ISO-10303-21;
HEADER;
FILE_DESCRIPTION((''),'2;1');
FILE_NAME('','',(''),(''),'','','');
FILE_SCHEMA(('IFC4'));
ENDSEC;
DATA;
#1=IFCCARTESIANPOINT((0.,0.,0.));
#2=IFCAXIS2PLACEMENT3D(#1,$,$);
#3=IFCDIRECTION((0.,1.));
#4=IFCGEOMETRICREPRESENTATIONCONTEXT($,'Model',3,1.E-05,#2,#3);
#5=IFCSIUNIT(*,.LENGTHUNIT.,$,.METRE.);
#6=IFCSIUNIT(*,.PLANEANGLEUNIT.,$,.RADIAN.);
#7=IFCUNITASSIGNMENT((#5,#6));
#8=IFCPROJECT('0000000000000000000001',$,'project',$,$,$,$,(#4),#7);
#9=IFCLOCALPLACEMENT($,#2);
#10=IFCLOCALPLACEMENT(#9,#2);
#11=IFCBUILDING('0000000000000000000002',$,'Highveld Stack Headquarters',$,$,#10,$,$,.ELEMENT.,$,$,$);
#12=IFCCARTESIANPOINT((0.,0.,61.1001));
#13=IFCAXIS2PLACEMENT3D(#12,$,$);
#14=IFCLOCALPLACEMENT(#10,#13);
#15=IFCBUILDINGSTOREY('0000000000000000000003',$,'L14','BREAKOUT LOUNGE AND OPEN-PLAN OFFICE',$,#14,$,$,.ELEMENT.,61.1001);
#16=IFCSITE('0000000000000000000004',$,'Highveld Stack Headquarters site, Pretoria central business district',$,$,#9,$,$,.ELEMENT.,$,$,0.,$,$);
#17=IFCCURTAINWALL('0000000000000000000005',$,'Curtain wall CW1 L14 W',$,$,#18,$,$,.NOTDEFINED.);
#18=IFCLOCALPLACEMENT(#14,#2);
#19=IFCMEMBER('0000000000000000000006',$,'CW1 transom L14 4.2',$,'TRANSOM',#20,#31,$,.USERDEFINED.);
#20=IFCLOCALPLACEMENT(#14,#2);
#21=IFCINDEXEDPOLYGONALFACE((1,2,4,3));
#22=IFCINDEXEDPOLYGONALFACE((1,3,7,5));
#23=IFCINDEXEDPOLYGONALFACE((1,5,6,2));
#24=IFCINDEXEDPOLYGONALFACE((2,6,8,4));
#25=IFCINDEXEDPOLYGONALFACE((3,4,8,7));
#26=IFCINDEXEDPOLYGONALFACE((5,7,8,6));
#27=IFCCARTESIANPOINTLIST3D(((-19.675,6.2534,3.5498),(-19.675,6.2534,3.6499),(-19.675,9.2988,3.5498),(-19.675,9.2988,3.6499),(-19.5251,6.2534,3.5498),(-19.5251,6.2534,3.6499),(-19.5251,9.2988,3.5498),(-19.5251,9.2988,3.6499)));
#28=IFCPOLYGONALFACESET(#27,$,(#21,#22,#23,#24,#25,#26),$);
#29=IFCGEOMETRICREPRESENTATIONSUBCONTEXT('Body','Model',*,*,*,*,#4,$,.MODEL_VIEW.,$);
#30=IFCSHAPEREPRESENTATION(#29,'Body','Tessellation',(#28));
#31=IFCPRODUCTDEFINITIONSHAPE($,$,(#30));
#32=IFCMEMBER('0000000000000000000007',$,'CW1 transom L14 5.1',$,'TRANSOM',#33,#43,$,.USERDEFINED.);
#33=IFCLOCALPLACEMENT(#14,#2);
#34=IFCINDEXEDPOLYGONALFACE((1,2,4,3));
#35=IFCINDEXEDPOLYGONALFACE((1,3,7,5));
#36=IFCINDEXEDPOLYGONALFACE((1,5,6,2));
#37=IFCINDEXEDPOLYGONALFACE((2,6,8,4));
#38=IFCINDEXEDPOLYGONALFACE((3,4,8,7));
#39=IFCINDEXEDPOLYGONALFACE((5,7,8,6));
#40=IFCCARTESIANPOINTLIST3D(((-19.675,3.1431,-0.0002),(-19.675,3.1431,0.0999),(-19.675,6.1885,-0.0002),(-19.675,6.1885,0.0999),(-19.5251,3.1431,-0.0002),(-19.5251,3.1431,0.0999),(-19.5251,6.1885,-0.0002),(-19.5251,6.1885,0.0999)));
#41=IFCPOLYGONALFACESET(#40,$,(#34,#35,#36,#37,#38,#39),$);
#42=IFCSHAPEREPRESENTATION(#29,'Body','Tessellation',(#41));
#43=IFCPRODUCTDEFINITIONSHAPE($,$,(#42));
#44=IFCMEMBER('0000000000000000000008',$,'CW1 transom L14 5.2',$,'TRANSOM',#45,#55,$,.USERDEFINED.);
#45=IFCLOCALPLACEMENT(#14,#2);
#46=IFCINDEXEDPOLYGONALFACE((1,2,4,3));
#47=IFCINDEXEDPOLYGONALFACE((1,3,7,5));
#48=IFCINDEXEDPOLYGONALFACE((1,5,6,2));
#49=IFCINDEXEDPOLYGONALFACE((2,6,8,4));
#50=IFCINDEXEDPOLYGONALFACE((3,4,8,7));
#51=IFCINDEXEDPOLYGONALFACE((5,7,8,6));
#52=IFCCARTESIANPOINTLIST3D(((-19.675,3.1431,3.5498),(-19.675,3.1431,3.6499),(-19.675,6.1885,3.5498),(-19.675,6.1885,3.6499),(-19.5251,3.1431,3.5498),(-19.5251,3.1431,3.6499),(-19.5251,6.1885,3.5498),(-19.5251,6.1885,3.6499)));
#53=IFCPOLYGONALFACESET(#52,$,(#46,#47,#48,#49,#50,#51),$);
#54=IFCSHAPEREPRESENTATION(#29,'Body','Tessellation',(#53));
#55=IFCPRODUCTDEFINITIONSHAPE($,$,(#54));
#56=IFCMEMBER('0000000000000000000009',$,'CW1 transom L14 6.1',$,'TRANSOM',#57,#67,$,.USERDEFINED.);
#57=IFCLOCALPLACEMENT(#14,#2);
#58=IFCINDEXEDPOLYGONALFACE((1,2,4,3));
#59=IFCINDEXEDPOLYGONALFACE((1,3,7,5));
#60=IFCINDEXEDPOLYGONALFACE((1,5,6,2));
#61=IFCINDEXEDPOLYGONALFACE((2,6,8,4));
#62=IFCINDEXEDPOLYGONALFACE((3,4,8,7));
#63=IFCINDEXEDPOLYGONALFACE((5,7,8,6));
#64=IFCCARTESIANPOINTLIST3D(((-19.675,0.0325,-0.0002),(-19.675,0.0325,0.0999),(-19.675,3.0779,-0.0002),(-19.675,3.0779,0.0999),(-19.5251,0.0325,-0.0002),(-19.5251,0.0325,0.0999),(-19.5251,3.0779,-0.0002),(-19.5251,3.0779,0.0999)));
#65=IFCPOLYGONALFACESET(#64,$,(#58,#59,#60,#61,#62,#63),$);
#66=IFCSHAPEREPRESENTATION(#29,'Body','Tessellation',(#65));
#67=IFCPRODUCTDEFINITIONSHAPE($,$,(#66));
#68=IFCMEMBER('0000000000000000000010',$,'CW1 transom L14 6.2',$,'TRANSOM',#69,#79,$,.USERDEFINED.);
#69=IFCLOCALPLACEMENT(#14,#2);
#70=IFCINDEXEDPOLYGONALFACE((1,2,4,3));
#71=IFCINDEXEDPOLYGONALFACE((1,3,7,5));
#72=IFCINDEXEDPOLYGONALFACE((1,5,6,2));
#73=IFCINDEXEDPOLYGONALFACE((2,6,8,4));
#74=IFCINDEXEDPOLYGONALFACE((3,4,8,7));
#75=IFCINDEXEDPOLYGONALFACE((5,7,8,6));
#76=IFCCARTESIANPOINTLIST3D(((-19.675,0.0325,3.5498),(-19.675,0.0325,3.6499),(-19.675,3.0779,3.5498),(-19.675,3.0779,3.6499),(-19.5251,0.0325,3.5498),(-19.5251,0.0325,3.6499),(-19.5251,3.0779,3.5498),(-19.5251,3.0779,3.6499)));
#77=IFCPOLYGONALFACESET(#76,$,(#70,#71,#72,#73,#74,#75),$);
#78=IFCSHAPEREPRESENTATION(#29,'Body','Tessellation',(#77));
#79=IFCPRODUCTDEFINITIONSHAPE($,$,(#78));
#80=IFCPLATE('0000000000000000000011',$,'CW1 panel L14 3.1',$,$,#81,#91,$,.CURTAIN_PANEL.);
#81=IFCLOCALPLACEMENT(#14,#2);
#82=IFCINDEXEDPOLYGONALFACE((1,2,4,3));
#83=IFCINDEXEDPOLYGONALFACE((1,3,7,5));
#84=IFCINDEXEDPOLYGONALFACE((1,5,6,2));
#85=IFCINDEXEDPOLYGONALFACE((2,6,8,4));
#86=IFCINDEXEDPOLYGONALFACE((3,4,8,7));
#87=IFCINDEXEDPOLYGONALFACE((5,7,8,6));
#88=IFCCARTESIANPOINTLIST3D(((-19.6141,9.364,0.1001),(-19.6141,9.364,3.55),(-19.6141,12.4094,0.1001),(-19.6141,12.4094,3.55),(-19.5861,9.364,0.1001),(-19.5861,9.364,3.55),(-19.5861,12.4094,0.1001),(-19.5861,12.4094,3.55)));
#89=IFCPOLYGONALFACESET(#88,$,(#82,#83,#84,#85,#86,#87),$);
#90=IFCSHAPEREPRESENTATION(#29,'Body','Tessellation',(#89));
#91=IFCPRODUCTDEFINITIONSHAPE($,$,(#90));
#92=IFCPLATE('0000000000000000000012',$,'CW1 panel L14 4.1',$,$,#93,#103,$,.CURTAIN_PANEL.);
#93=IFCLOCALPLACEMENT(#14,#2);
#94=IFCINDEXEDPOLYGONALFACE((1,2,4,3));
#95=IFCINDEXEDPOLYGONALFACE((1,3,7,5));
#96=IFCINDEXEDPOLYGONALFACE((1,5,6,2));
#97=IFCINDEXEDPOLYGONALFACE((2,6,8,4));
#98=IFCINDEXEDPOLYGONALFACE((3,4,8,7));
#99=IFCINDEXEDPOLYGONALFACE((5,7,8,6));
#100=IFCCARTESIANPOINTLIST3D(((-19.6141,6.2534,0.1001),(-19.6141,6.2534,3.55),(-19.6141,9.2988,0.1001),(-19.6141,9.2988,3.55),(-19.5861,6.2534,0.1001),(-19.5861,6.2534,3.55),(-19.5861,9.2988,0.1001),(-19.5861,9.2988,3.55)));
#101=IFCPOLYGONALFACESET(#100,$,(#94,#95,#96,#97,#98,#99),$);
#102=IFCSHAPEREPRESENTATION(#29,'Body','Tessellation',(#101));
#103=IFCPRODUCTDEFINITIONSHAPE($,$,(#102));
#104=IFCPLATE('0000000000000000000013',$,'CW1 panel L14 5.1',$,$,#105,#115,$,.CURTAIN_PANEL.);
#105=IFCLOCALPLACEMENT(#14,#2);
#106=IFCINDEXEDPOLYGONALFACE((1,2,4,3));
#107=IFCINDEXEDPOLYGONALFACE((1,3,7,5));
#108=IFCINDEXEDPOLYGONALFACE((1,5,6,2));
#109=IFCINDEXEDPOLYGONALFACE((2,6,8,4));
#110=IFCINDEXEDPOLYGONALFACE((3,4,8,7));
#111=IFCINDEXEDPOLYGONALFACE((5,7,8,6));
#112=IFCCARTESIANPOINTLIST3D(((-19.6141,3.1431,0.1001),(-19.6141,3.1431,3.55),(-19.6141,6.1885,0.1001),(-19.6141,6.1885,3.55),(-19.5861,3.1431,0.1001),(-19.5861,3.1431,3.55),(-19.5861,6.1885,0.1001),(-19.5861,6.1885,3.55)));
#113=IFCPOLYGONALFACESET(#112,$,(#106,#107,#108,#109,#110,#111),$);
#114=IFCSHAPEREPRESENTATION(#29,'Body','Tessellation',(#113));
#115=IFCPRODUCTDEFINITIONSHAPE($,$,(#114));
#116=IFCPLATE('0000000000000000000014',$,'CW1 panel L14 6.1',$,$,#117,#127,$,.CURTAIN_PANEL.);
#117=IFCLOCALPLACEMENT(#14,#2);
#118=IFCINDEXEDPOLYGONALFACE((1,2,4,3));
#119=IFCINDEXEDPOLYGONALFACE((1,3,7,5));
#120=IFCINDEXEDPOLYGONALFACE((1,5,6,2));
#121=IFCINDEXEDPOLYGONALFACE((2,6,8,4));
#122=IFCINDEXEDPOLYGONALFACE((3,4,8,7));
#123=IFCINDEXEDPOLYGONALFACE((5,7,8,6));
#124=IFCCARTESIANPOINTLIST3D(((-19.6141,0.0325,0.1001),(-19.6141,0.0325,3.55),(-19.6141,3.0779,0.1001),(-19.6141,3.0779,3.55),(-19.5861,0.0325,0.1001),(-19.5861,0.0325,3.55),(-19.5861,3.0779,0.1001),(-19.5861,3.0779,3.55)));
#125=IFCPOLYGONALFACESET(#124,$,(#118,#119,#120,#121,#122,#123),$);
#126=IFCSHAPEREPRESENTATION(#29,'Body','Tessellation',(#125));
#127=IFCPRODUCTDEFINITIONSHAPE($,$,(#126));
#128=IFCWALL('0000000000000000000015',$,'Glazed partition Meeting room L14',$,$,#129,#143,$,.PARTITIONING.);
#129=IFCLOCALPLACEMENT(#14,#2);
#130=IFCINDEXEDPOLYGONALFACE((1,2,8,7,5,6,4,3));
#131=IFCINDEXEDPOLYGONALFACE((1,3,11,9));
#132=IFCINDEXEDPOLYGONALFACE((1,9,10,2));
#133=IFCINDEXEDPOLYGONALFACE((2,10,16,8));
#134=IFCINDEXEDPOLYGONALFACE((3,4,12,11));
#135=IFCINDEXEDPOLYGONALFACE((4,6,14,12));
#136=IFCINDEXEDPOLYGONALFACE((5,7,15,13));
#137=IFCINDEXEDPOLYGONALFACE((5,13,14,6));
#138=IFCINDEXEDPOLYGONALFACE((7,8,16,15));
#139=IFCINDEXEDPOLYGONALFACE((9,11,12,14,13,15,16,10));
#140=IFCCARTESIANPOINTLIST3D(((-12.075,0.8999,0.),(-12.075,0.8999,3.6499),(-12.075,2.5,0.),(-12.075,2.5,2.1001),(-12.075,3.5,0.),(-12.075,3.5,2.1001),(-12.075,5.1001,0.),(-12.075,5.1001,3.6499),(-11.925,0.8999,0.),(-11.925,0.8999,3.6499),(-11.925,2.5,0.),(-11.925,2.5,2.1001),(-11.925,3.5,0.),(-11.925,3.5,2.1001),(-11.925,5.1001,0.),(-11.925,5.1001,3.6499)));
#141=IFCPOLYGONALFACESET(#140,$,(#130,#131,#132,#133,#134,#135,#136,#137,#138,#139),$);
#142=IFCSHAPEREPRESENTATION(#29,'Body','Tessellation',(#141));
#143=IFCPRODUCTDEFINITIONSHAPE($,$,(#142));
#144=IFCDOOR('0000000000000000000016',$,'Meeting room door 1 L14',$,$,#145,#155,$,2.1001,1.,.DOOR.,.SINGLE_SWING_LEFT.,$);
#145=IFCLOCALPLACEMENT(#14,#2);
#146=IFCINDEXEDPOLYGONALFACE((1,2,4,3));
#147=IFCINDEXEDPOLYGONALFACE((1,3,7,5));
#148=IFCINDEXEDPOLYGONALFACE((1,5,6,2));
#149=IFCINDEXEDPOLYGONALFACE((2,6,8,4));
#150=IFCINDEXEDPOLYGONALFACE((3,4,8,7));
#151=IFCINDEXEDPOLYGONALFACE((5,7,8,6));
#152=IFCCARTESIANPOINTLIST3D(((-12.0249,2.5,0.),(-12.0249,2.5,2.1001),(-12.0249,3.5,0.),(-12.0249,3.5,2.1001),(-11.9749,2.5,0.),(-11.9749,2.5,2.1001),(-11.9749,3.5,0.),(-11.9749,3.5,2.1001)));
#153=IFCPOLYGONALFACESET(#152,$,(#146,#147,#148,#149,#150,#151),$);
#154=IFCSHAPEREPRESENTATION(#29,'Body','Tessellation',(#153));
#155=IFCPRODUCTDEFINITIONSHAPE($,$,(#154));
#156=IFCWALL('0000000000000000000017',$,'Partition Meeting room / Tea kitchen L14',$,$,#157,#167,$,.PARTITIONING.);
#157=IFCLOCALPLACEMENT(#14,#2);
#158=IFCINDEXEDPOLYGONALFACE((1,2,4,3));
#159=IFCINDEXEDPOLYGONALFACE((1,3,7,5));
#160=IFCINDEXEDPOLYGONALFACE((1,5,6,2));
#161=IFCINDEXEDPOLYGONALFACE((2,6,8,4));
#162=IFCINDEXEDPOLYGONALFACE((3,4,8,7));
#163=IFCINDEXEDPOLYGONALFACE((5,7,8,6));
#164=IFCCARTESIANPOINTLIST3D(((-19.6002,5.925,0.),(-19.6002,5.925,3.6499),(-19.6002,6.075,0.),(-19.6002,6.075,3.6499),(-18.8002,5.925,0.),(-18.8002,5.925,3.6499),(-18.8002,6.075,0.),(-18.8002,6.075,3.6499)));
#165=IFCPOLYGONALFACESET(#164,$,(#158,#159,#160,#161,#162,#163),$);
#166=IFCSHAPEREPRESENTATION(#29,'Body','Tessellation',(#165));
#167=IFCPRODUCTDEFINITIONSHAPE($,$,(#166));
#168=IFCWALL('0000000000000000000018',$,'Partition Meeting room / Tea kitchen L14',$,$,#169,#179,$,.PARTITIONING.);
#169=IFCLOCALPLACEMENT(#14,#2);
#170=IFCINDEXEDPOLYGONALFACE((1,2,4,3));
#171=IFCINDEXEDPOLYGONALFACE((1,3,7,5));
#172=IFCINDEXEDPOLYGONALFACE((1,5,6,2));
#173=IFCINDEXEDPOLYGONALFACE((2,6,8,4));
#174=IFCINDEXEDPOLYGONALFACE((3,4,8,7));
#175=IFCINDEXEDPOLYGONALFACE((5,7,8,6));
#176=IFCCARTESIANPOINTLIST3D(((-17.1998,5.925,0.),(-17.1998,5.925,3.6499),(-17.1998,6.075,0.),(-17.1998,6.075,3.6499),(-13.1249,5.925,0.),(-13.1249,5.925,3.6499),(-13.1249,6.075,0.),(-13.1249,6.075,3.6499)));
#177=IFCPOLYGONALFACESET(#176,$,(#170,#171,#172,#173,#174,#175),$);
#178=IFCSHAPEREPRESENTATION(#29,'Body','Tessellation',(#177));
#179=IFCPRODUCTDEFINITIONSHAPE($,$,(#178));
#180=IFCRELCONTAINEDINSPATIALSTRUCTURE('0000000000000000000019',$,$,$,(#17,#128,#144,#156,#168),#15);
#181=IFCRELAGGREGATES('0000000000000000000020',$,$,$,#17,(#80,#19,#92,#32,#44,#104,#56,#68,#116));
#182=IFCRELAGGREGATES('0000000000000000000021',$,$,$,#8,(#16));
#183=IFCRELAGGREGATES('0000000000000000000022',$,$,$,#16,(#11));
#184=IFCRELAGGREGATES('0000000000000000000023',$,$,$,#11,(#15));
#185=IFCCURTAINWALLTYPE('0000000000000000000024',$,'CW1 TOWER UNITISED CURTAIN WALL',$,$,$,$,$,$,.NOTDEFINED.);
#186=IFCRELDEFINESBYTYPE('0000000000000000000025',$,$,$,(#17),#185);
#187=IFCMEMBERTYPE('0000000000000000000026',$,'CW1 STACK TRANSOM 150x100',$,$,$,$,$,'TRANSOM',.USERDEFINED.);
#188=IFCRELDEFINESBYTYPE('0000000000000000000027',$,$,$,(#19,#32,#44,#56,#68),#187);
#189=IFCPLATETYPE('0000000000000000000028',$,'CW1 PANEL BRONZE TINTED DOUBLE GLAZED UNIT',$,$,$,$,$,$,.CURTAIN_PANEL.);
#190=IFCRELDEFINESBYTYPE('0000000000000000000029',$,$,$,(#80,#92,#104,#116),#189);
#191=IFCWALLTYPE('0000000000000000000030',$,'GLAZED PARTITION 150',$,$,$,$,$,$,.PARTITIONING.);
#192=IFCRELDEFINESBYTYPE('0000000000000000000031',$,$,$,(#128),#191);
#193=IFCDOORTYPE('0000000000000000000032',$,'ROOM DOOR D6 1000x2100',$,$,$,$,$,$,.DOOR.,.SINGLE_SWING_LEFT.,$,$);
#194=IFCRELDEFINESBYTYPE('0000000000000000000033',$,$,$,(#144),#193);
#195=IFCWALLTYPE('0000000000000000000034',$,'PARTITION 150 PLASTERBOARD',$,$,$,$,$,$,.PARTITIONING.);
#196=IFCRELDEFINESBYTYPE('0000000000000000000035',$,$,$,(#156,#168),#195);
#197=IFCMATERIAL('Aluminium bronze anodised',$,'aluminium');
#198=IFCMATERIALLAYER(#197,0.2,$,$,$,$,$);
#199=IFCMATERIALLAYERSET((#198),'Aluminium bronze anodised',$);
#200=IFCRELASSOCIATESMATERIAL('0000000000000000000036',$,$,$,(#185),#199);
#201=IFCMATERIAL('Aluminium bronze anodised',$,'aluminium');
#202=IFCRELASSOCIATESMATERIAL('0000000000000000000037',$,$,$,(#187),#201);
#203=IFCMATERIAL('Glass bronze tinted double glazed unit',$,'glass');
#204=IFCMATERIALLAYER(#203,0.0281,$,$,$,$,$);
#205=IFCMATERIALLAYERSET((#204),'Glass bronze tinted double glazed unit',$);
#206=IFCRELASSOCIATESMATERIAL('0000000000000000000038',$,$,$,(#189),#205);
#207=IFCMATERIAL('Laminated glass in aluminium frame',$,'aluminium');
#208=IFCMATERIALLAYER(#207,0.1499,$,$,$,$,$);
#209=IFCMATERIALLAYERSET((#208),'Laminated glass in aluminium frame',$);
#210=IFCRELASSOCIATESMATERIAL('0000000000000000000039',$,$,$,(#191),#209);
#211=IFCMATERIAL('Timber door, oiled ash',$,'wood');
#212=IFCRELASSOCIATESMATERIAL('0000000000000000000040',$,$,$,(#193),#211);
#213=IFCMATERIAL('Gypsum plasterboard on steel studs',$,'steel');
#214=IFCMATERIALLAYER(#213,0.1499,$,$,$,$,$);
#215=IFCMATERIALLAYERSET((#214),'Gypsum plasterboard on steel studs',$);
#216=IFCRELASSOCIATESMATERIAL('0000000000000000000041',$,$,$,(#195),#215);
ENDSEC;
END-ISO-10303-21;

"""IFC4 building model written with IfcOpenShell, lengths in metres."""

from ifc_helpers import new_model, si_unit, direction, frame, frame_2d, origin, origin_2d, place, context, subcontext, project, spatial, rectangle, extrude, material, layer, layer_set, material_profile, profile_set, type_object, element, fill, aggregate, save


model = new_model("IFC4")

# Units and contexts
model_context = context("Model", 3, precision=1e-05, world=origin(), true_north=direction((0.0, 1.0)))
body_context = subcontext(model_context, "Body", "Model", "MODEL_VIEW")
ifc_project = project(units=[si_unit("LENGTHUNIT", "METRE"), si_unit("PLANEANGLEUNIT", "RADIAN")], contexts=[model_context])

# Site, building, storey
site_placement = place(None, origin())
site = spatial("IfcSite", under=ifc_project, at=site_placement, Name="Highveld Stack Headquarters site, Pretoria central business district", CompositionType="ELEMENT", RefElevation=0.0)
building_placement = place(site_placement, origin())
building = spatial("IfcBuilding", under=site, at=building_placement, Name="Highveld Stack Headquarters", CompositionType="ELEMENT")
storey_placement = place(building_placement, frame((0.0, 0.0, 61.1001)))
storey = spatial("IfcBuildingStorey", under=building, at=storey_placement, Name="L14", Description="BREAKOUT LOUNGE AND OPEN-PLAN OFFICE", CompositionType="ELEMENT", Elevation=61.1001)

# Curtain wall, members, plates
ifc_material_1 = material(Name="Aluminium bronze anodised", Category="aluminium")
ifc_layer_1 = layer(ifc_material_1, 0.2)
ifc_layer_set_1 = layer_set([ifc_layer_1], Name="Aluminium bronze anodised")
curtain_wall_type = type_object("IfcCurtainWallType", Name="CW1 TOWER UNITISED CURTAIN WALL", PredefinedType="NOTDEFINED", material=ifc_layer_set_1)
curtain_wall_placement = place(storey_placement, origin())
curtain_wall = element("IfcCurtainWall", 1, at=curtain_wall_placement, inside=storey, type_object=curtain_wall_type, Name="Curtain wall CW1 L14 W", PredefinedType="NOTDEFINED")
ifc_material_2 = material(Name="Aluminium bronze anodised", Category="aluminium")
ifc_material_profile_1 = material_profile(ifc_material_2, rectangle(XDim=0.1499, YDim=0.1001, at=origin_2d()), Name="CW1 TRANSOM 150x100")
ifc_profile_set_1 = profile_set([ifc_material_profile_1], Name="Aluminium bronze anodised")
member_type_1 = type_object("IfcMemberType", Name="CW1 STACK TRANSOM 150x100", ElementType="TRANSOM", PredefinedType="USERDEFINED", material=ifc_profile_set_1)
member_1_placement = place(storey_placement, frame((-19.6001, 9.2988, 3.5999), z_axis=(0.0, -1.0, 0.0), x_axis=(1.0, 0.0, 0.0)))
member_1 = element("IfcMember", 2, at=member_1_placement, type_object=member_type_1, Name="CW1 transom L14 4.2", ObjectType="TRANSOM", PredefinedType="USERDEFINED", context=body_context, shape_type="SweptSolid", body=[
    extrude(rectangle(XDim=0.1499, YDim=0.1001, at=origin_2d()), origin(), (0.0, 0.0, 1.0), 3.0454),
])
member_2_placement = place(storey_placement, frame((-19.6001, 6.1885, 0.0498), z_axis=(0.0, -1.0, 0.0), x_axis=(1.0, 0.0, 0.0)))
member_2 = element("IfcMember", 3, at=member_2_placement, type_object=member_type_1, Name="CW1 transom L14 5.1", ObjectType="TRANSOM", PredefinedType="USERDEFINED", context=body_context, shape_type="SweptSolid", body=[
    extrude(rectangle(XDim=0.1499, YDim=0.1001, at=origin_2d()), origin(), (0.0, 0.0, 1.0), 3.0454),
])
member_3_placement = place(storey_placement, frame((-19.6001, 6.1885, 3.5999), z_axis=(0.0, -1.0, 0.0), x_axis=(1.0, 0.0, 0.0)))
member_3 = element("IfcMember", 4, at=member_3_placement, type_object=member_type_1, Name="CW1 transom L14 5.2", ObjectType="TRANSOM", PredefinedType="USERDEFINED", context=body_context, shape_type="SweptSolid", body=[
    extrude(rectangle(XDim=0.1499, YDim=0.1001, at=origin_2d()), origin(), (0.0, 0.0, 1.0), 3.0454),
])
member_4_placement = place(storey_placement, frame((-19.6001, 3.0779, 0.0498), z_axis=(0.0, -1.0, 0.0), x_axis=(1.0, 0.0, 0.0)))
member_4 = element("IfcMember", 5, at=member_4_placement, type_object=member_type_1, Name="CW1 transom L14 6.1", ObjectType="TRANSOM", PredefinedType="USERDEFINED", context=body_context, shape_type="SweptSolid", body=[
    extrude(rectangle(XDim=0.1499, YDim=0.1001, at=origin_2d()), origin(), (0.0, 0.0, 1.0), 3.0454),
])
member_5_placement = place(storey_placement, frame((-19.6001, 3.0779, 3.5999), z_axis=(0.0, -1.0, 0.0), x_axis=(1.0, 0.0, 0.0)))
member_5 = element("IfcMember", 6, at=member_5_placement, type_object=member_type_1, Name="CW1 transom L14 6.2", ObjectType="TRANSOM", PredefinedType="USERDEFINED", context=body_context, shape_type="SweptSolid", body=[
    extrude(rectangle(XDim=0.1499, YDim=0.1001, at=origin_2d()), origin(), (0.0, 0.0, 1.0), 3.0454),
])
ifc_material_3 = material(Name="Glass bronze tinted double glazed unit", Category="glass")
ifc_layer_2 = layer(ifc_material_3, 0.0281)
ifc_layer_set_2 = layer_set([ifc_layer_2], Name="Glass bronze tinted double glazed unit")
plate_type = type_object("IfcPlateType", Name="CW1 PANEL BRONZE TINTED DOUBLE GLAZED UNIT", PredefinedType="CURTAIN_PANEL", material=ifc_layer_set_2)
plate_1_placement = place(storey_placement, frame((-19.6001, 10.8867, 0.1001), z_axis=(0.0, 0.0, 1.0), x_axis=(0.0, -1.0, 0.0)))
plate_1 = element("IfcPlate", 7, at=plate_1_placement, type_object=plate_type, Name="CW1 panel L14 3.1", PredefinedType="CURTAIN_PANEL", context=body_context, shape_type="SweptSolid", body=[
    extrude(rectangle(XDim=3.0454, YDim=0.0281, at=origin_2d()), origin(), (0.0, 0.0, 1.0), 3.45),
])
plate_2_placement = place(storey_placement, frame((-19.6001, 7.7761, 0.1001), z_axis=(0.0, 0.0, 1.0), x_axis=(0.0, -1.0, 0.0)))
plate_2 = element("IfcPlate", 8, at=plate_2_placement, type_object=plate_type, Name="CW1 panel L14 4.1", PredefinedType="CURTAIN_PANEL", context=body_context, shape_type="SweptSolid", body=[
    extrude(rectangle(XDim=3.0454, YDim=0.0281, at=origin_2d()), origin(), (0.0, 0.0, 1.0), 3.45),
])
plate_3_placement = place(storey_placement, frame((-19.6001, 4.6658, 0.1001), z_axis=(0.0, 0.0, 1.0), x_axis=(0.0, -1.0, 0.0)))
plate_3 = element("IfcPlate", 9, at=plate_3_placement, type_object=plate_type, Name="CW1 panel L14 5.1", PredefinedType="CURTAIN_PANEL", context=body_context, shape_type="SweptSolid", body=[
    extrude(rectangle(XDim=3.0454, YDim=0.0281, at=origin_2d()), origin(), (0.0, 0.0, 1.0), 3.45),
])
plate_4_placement = place(storey_placement, frame((-19.6001, 1.5552, 0.1001), z_axis=(0.0, 0.0, 1.0), x_axis=(0.0, -1.0, 0.0)))
plate_4 = element("IfcPlate", 10, at=plate_4_placement, type_object=plate_type, Name="CW1 panel L14 6.1", PredefinedType="CURTAIN_PANEL", context=body_context, shape_type="SweptSolid", body=[
    extrude(rectangle(XDim=3.0454, YDim=0.0281, at=origin_2d()), origin(), (0.0, 0.0, 1.0), 3.45),
])
aggregate(curtain_wall, [plate_1, member_1, plate_2, member_2, member_3, plate_3, member_4, member_5, plate_4])

# Wall, opening, door
ifc_material_4 = material(Name="Laminated glass in aluminium frame", Category="aluminium")
ifc_layer_3 = layer(ifc_material_4, 0.1499)
ifc_layer_set_3 = layer_set([ifc_layer_3], Name="Laminated glass in aluminium frame")
wall_type_1 = type_object("IfcWallType", Name="GLAZED PARTITION 150", PredefinedType="PARTITIONING", material=ifc_layer_set_3)
wall_1_placement = place(storey_placement, frame((-12.0, 0.8999, 0.0), z_axis=(0.0, 0.0, 1.0), x_axis=(0.0, 1.0, 0.0)))
wall_1 = element("IfcWall", 11, at=wall_1_placement, inside=storey, type_object=wall_type_1, Name="Glazed partition Meeting room L14", PredefinedType="PARTITIONING", context=body_context, shape_type="SweptSolid", body=[
    extrude(rectangle(XDim=4.2002, YDim=0.1499, at=frame_2d((2.1001, 0.0))), origin(), (0.0, 0.0, 1.0), 3.6499),
])
opening_1_placement = place(wall_1_placement, frame((1.6001, 0.0, 0.0)))
opening_1 = element("IfcOpeningElement", 12, at=opening_1_placement, cuts=wall_1, PredefinedType="OPENING", context=body_context, shape_type="SweptSolid", body=[
    extrude(rectangle(XDim=1.0, YDim=2.1001, at=frame_2d((0.5, 1.05))), frame((0.0, 0.085, 0.0), z_axis=(0.0, -1.0, 0.0), x_axis=(1.0, 0.0, 0.0)), (0.0, 0.0, 1.0), 0.1699),
])
ifc_material_5 = material(Name="Timber door, oiled ash", Category="wood")
door_type = type_object("IfcDoorType", Name="ROOM DOOR D6 1000x2100", OperationType="SINGLE_SWING_LEFT", PredefinedType="DOOR", material=ifc_material_5)
door_1_placement = place(opening_1_placement, origin())
door_1 = element("IfcDoor", 13, at=door_1_placement, inside=storey, type_object=door_type, Name="Meeting room door 1 L14", OperationType="SINGLE_SWING_LEFT", OverallHeight=2.1001, OverallWidth=1.0, PredefinedType="DOOR", context=body_context, shape_type="SweptSolid", body=[
    extrude(rectangle(XDim=1.0, YDim=2.1001, at=frame_2d((0.5, 1.05))), frame((0.0, 0.0249, 0.0), z_axis=(0.0, -1.0, 0.0), x_axis=(1.0, 0.0, 0.0)), (0.0, 0.0, 1.0), 0.05),
])
fill(opening_1, door_1)

# Walls
ifc_material_6 = material(Name="Gypsum plasterboard on steel studs", Category="steel")
ifc_layer_4 = layer(ifc_material_6, 0.1499)
ifc_layer_set_4 = layer_set([ifc_layer_4], Name="Gypsum plasterboard on steel studs")
wall_type_2 = type_object("IfcWallType", Name="PARTITION 150 PLASTERBOARD", PredefinedType="PARTITIONING", material=ifc_layer_set_4)
wall_2_placement = place(storey_placement, frame((-19.6001, 6.0, 0.0), z_axis=(0.0, 0.0, 1.0), x_axis=(1.0, 0.0, 0.0)))
element("IfcWall", 14, at=wall_2_placement, inside=storey, type_object=wall_type_2, Name="Partition Meeting room / Tea kitchen L14", PredefinedType="PARTITIONING", context=body_context, shape_type="SweptSolid", body=[
    extrude(rectangle(XDim=0.8, YDim=0.1499, at=frame_2d((0.3999, 0.0))), origin(), (0.0, 0.0, 1.0), 3.6499),
])
wall_3_placement = place(storey_placement, frame((-17.2, 6.0, 0.0), z_axis=(0.0, 0.0, 1.0), x_axis=(1.0, 0.0, 0.0)))
element("IfcWall", 15, at=wall_3_placement, inside=storey, type_object=wall_type_2, Name="Partition Meeting room / Tea kitchen L14", PredefinedType="PARTITIONING", context=body_context, shape_type="SweptSolid", body=[
    extrude(rectangle(XDim=4.075, YDim=0.1499, at=frame_2d((2.0376, 0.0))), origin(), (0.0, 0.0, 1.0), 3.6499),
])

save(model, "model.ifc")
